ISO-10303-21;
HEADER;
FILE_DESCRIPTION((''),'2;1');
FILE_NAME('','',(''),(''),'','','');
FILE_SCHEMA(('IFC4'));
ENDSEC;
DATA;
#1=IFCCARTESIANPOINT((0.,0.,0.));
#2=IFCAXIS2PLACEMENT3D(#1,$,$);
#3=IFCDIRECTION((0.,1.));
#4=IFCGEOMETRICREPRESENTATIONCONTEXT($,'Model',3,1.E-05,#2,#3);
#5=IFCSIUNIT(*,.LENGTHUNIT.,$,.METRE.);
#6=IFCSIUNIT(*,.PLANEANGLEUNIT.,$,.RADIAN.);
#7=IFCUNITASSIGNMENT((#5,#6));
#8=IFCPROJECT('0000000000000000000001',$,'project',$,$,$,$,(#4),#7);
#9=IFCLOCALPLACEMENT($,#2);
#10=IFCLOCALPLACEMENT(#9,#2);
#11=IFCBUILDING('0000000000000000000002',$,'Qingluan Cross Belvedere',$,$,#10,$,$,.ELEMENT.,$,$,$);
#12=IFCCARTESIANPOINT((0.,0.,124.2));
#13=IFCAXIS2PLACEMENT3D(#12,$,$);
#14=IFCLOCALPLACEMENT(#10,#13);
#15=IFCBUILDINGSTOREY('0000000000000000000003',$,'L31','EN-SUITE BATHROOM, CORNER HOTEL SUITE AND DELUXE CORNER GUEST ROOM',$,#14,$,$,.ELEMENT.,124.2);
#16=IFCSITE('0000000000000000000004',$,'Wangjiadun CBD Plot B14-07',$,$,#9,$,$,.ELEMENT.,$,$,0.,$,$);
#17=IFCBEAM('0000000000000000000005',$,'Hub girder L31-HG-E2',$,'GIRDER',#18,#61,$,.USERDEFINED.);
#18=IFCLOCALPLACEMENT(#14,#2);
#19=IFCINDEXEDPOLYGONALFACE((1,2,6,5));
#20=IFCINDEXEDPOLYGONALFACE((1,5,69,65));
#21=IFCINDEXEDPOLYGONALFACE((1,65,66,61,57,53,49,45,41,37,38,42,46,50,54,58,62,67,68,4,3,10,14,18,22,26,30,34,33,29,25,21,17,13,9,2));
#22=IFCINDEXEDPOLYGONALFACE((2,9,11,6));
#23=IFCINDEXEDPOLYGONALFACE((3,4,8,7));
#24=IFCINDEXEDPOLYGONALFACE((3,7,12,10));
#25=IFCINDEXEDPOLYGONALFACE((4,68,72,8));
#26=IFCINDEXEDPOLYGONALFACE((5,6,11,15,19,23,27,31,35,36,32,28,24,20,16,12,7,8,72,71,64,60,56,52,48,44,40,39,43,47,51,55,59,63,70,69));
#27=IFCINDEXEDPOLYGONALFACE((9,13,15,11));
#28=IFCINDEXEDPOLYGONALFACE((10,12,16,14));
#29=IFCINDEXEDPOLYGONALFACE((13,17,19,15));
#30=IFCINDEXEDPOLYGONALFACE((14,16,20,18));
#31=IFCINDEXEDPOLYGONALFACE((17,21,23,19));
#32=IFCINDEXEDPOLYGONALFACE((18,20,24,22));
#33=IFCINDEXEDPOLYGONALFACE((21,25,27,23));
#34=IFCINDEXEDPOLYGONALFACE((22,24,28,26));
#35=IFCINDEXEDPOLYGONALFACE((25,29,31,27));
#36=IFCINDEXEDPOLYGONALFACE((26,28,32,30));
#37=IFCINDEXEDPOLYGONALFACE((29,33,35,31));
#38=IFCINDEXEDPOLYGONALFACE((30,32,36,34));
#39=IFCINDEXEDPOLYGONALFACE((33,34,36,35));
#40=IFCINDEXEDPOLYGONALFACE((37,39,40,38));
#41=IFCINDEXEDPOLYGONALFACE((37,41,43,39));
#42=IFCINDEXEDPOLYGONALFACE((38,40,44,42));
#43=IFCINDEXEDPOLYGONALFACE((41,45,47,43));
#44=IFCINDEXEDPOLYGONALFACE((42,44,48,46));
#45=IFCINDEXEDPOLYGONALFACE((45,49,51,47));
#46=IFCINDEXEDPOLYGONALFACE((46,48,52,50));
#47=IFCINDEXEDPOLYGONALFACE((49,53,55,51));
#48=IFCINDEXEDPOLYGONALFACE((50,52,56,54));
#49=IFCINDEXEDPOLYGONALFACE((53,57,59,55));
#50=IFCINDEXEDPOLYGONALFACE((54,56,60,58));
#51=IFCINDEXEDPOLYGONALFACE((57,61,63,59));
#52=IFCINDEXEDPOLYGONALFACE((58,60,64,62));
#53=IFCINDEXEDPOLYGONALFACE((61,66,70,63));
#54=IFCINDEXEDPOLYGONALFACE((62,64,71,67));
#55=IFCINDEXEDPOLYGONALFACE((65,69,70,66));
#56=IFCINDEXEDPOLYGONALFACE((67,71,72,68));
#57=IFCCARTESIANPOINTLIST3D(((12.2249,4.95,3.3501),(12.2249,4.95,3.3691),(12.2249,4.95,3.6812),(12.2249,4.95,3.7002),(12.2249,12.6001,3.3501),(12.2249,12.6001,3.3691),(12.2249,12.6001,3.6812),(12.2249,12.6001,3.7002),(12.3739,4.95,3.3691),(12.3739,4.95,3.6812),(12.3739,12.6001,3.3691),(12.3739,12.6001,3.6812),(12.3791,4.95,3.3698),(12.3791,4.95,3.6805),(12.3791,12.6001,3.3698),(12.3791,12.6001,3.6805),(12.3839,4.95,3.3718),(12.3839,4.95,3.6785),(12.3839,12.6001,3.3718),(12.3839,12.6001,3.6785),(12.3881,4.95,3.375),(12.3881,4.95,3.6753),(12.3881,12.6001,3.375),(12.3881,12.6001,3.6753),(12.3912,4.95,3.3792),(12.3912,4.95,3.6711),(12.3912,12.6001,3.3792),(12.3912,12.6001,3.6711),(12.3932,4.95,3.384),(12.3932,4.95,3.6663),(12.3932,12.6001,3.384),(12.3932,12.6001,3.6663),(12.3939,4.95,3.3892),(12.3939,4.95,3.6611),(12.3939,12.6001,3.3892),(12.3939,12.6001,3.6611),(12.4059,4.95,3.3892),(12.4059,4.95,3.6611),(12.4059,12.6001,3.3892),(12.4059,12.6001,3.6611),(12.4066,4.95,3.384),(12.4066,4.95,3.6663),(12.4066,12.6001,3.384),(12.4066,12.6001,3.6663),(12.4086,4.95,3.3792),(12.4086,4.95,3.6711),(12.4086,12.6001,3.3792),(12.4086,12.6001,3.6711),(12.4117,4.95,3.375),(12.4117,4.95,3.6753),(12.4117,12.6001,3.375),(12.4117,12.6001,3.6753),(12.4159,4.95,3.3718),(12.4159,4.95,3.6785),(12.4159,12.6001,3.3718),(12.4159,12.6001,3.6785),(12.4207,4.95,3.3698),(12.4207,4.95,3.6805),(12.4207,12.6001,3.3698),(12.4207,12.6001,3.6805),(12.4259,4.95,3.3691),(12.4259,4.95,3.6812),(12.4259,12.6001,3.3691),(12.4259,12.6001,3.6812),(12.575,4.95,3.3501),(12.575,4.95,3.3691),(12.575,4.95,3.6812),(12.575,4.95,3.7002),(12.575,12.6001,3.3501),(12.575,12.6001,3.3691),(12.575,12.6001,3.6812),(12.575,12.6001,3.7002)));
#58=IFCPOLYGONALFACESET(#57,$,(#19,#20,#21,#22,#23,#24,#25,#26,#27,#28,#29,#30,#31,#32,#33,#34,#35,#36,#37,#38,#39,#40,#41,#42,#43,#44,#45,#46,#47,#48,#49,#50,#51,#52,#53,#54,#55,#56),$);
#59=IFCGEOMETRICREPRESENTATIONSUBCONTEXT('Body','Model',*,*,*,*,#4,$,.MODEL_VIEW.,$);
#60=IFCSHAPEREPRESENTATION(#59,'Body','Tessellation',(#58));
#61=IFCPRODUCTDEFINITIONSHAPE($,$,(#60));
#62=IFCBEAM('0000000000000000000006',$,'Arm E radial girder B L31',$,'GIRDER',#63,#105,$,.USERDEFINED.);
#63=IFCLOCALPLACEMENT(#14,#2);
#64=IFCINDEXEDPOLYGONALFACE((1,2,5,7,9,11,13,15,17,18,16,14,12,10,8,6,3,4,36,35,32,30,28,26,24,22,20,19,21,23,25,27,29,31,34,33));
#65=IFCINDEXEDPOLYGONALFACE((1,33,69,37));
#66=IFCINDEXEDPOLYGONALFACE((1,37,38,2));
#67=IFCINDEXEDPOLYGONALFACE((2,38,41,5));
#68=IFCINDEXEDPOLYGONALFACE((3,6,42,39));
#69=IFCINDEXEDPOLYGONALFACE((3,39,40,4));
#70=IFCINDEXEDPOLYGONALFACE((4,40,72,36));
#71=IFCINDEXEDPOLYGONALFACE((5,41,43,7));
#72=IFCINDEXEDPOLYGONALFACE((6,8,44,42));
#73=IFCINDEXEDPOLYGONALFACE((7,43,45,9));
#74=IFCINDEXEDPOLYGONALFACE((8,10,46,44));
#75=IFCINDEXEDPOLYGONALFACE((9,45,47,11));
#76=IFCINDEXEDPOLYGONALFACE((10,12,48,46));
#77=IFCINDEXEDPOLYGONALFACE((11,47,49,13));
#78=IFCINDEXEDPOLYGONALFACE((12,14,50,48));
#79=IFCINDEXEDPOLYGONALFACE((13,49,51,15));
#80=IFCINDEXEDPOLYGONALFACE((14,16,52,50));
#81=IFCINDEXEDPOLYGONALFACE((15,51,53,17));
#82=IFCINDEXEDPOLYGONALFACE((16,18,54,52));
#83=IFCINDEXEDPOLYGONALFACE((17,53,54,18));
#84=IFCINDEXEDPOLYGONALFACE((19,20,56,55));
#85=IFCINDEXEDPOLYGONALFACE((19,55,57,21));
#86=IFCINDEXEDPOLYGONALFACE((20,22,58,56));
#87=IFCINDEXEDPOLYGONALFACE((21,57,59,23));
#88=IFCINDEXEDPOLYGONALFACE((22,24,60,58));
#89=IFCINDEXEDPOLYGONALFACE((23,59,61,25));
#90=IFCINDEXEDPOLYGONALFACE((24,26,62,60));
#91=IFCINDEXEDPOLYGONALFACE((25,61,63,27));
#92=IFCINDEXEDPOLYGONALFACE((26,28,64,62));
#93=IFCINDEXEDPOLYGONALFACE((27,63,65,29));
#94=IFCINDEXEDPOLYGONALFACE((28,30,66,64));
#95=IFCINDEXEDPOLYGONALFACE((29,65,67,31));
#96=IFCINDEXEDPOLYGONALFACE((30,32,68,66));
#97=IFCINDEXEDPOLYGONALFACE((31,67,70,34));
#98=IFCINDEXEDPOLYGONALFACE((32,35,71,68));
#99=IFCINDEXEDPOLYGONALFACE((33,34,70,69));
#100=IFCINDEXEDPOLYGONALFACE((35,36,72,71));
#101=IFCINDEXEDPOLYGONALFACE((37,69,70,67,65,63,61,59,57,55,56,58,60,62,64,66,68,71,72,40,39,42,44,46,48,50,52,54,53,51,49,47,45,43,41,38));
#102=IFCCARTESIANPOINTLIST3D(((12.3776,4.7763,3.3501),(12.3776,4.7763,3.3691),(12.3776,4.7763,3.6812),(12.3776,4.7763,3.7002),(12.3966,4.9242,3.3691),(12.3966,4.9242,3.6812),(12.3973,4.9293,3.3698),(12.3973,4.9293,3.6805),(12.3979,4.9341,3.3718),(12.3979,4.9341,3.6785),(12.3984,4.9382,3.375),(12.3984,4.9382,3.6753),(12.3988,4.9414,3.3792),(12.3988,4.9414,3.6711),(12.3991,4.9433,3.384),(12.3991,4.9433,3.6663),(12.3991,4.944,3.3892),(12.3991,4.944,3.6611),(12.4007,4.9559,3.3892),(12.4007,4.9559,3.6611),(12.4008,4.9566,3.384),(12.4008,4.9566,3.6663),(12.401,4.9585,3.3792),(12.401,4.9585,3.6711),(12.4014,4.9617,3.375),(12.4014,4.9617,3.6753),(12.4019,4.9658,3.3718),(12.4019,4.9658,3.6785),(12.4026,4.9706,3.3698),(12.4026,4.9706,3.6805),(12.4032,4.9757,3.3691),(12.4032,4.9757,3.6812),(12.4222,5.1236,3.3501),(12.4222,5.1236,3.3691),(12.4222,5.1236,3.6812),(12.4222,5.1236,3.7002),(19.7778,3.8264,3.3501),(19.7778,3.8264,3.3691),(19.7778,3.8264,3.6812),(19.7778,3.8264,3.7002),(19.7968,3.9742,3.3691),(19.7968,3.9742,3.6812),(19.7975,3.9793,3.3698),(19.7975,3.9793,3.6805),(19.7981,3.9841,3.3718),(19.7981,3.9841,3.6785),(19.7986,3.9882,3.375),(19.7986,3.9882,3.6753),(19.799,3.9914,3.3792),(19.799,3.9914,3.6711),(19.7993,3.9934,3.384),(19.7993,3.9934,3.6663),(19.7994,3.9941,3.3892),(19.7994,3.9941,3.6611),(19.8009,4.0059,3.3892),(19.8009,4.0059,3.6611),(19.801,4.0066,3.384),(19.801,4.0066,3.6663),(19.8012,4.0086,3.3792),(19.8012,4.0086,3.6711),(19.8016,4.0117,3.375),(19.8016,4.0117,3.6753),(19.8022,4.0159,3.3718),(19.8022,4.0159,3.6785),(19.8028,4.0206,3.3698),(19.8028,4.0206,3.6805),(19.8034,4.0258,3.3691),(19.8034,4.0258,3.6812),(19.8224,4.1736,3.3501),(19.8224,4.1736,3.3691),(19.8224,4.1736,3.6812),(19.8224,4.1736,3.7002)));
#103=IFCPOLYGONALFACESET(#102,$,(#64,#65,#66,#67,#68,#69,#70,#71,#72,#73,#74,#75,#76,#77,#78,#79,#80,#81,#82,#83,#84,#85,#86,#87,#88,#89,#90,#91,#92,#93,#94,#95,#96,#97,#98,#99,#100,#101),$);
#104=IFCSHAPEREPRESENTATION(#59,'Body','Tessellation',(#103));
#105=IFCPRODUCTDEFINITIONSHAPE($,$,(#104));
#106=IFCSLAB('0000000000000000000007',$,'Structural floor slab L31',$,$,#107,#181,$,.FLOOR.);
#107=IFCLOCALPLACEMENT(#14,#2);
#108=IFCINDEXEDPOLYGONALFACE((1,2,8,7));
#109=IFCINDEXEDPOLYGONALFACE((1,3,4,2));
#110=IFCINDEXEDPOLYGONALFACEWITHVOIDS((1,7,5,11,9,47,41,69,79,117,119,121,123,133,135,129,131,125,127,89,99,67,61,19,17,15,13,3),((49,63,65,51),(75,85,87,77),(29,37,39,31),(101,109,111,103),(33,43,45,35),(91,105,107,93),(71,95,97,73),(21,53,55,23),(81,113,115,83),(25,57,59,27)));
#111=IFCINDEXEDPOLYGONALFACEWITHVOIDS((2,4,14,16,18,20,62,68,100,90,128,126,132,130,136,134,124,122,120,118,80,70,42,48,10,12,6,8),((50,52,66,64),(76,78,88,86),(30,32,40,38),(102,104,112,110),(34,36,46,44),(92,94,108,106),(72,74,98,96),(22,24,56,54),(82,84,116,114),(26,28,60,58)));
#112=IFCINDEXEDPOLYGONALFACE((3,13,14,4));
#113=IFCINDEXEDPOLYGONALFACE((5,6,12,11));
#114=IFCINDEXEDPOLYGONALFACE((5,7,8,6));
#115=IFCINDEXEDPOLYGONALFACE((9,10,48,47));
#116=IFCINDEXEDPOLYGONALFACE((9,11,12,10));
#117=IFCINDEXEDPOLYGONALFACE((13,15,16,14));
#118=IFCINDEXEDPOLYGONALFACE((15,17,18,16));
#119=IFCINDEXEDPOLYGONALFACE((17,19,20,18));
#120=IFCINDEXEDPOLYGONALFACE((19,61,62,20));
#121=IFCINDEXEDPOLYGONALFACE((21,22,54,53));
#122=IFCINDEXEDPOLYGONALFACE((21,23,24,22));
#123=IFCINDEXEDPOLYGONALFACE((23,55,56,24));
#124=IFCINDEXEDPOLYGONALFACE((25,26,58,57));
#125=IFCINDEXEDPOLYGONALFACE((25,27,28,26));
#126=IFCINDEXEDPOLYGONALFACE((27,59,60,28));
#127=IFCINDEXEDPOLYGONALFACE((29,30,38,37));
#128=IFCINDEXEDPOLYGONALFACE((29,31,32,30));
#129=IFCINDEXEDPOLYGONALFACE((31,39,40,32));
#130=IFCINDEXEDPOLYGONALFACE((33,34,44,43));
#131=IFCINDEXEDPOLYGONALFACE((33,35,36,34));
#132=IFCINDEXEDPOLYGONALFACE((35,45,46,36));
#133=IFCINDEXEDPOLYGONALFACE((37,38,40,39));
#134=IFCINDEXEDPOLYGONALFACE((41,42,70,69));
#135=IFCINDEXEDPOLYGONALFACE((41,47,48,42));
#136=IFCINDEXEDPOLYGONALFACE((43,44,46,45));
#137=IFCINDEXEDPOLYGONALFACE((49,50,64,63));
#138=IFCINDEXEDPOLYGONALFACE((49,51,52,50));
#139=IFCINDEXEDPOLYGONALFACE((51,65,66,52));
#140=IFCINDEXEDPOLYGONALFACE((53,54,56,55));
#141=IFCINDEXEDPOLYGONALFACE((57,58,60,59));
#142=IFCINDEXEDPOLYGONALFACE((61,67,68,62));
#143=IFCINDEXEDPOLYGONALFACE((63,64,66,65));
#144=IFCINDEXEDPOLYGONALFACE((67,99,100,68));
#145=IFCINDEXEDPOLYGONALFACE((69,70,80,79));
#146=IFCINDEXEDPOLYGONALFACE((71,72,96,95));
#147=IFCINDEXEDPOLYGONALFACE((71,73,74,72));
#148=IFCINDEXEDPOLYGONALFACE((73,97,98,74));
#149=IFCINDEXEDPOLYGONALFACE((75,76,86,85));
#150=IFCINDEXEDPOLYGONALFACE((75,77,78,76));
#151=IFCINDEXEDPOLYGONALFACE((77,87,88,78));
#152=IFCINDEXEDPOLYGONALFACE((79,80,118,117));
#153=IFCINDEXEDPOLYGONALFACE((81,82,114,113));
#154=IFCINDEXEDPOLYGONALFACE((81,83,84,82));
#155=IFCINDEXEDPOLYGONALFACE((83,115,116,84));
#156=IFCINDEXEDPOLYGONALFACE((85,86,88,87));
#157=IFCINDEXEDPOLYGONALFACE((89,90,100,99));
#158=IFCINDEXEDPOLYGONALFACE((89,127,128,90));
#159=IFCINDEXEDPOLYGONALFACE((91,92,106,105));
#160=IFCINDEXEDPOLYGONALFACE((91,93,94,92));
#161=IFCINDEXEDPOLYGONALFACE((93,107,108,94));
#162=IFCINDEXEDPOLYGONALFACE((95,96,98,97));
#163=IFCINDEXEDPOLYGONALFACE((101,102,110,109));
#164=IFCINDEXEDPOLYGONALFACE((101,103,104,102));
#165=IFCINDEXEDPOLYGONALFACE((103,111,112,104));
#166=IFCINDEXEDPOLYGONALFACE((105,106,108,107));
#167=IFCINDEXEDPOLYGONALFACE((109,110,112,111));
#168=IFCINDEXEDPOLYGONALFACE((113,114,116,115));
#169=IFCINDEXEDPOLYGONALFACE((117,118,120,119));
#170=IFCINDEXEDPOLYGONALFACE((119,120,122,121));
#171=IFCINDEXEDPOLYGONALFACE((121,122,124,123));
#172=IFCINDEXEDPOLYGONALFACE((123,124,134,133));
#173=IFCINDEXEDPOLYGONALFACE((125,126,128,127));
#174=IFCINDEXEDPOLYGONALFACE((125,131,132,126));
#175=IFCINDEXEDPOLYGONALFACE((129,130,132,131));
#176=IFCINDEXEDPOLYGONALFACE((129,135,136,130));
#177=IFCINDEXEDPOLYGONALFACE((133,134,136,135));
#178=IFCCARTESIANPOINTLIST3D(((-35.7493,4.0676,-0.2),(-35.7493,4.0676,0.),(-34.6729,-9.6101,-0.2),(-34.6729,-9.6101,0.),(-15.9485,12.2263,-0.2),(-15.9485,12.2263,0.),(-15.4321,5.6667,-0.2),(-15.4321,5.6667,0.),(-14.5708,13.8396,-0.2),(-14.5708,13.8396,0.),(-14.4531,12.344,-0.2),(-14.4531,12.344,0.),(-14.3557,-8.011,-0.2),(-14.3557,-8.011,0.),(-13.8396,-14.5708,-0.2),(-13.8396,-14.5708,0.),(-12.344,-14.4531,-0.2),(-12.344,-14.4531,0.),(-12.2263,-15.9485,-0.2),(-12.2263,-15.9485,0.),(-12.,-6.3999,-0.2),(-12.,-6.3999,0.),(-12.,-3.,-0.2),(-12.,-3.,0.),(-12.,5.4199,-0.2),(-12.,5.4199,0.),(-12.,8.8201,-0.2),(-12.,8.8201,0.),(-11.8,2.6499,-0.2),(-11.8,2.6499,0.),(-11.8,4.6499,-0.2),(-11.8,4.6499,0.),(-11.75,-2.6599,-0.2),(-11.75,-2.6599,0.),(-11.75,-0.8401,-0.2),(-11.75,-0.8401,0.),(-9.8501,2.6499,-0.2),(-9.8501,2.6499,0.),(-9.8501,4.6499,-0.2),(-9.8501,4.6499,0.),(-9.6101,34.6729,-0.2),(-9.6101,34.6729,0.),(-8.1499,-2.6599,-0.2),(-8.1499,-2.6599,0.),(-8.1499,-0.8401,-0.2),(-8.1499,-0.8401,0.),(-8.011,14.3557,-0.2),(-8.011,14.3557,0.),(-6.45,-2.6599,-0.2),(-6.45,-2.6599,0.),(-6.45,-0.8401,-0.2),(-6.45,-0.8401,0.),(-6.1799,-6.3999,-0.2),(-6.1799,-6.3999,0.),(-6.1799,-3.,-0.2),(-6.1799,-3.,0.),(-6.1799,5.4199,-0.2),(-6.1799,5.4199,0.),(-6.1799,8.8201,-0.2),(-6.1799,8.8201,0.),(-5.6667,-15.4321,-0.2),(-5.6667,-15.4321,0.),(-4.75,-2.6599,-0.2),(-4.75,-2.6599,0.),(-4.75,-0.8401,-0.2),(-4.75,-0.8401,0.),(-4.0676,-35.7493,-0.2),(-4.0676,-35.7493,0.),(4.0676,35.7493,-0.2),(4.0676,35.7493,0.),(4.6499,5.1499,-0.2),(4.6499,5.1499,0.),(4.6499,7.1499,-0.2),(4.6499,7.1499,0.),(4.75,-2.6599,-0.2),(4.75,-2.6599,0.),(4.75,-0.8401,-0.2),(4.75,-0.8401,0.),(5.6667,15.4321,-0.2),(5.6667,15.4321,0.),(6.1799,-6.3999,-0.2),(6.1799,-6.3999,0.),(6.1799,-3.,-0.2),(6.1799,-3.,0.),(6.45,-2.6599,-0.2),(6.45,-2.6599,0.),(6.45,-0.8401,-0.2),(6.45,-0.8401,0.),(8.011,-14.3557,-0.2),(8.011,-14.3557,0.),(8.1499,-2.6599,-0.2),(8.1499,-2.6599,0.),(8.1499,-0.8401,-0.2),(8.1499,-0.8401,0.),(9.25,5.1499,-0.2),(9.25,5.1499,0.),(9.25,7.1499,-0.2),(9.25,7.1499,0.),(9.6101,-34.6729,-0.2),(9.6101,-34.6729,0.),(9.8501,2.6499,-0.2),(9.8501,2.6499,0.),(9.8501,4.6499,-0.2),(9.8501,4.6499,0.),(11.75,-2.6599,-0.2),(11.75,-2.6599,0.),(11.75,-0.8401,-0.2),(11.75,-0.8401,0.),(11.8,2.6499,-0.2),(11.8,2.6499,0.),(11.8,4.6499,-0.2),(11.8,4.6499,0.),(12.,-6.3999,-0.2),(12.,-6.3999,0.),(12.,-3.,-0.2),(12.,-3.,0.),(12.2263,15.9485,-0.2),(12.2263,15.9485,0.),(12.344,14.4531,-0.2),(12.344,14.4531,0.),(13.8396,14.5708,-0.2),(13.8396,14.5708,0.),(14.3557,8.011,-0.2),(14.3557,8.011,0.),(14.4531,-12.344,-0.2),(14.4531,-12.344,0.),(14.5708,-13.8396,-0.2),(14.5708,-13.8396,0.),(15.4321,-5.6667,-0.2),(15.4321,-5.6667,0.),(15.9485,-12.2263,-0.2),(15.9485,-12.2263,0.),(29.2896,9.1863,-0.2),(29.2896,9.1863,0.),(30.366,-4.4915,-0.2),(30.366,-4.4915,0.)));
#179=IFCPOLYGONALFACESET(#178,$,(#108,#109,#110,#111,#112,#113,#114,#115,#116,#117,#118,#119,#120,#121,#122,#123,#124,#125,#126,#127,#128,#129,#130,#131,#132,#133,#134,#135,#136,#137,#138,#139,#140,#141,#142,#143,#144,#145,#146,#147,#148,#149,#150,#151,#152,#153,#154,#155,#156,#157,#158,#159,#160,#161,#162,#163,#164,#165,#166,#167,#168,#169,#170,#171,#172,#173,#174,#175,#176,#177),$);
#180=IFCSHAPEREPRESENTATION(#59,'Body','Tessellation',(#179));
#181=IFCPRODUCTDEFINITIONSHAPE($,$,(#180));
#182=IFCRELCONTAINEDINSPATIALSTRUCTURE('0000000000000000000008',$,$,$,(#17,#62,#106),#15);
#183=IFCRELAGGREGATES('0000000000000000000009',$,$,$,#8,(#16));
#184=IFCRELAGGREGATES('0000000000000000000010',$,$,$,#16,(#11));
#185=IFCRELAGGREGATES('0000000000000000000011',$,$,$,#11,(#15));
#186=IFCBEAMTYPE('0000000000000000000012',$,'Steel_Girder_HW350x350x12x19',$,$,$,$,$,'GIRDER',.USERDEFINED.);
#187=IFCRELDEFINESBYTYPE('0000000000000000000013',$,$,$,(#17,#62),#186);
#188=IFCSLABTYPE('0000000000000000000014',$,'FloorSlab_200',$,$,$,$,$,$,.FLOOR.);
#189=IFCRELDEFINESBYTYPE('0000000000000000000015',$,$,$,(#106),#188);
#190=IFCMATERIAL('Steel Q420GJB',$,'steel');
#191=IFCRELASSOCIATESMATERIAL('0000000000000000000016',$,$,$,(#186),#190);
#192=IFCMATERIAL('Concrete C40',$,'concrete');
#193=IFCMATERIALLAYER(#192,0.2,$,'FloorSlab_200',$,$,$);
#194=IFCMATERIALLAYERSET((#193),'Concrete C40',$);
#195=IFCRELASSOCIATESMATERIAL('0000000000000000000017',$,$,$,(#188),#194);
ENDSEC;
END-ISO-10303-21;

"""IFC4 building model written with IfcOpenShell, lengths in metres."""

from ifc_helpers import new_model, si_unit, direction, frame, origin, origin_2d, place, context, subcontext, project, spatial, polyline, i_section, outline, extrude, material, layer, layer_set, material_profile, profile_set, type_object, element, save


model = new_model("IFC4")

# Units and contexts
model_context = context("Model", 3, precision=1e-05, world=origin(), true_north=direction((0.0, 1.0)))
body_context = subcontext(model_context, "Body", "Model", "MODEL_VIEW")
ifc_project = project(units=[si_unit("LENGTHUNIT", "METRE"), si_unit("PLANEANGLEUNIT", "RADIAN")], contexts=[model_context])

# Site, building, storey
site_placement = place(None, origin())
site = spatial("IfcSite", under=ifc_project, at=site_placement, Name="Wangjiadun CBD Plot B14-07", CompositionType="ELEMENT", RefElevation=0.0)
building_placement = place(site_placement, origin())
building = spatial("IfcBuilding", under=site, at=building_placement, Name="Qingluan Cross Belvedere", CompositionType="ELEMENT")
storey_placement = place(building_placement, frame((0.0, 0.0, 124.2)))
storey = spatial("IfcBuildingStorey", under=building, at=storey_placement, Name="L31", Description="EN-SUITE BATHROOM, CORNER HOTEL SUITE AND DELUXE CORNER GUEST ROOM", CompositionType="ELEMENT", Elevation=124.2)

# Beams
ifc_material_1 = material(Name="Steel Q420GJB", Category="steel")
ifc_material_profile = material_profile(ifc_material_1, i_section(OverallWidth=0.3501, OverallDepth=0.3501, WebThickness=0.012, FlangeThickness=0.019, FilletRadius=0.02, at=origin_2d()), Name="HW350x350x12x19")
ifc_profile_set = profile_set([ifc_material_profile], Name="Steel Q420GJB")
beam_type = type_object("IfcBeamType", Name="Steel_Girder_HW350x350x12x19", ElementType="GIRDER", PredefinedType="USERDEFINED", material=ifc_profile_set)
beam_1_placement = place(storey_placement, frame((12.3999, 4.95, 3.5251), z_axis=(0.0, 1.0, 0.0), x_axis=(-1.0, 0.0, 0.0)))
element("IfcBeam", 1, at=beam_1_placement, inside=storey, type_object=beam_type, Name="Hub girder L31-HG-E2", ObjectType="GIRDER", PredefinedType="USERDEFINED", context=body_context, shape_type="SweptSolid", body=[
    extrude(i_section(OverallWidth=0.3501, OverallDepth=0.3501, WebThickness=0.012, FlangeThickness=0.019, FilletRadius=0.02, at=origin_2d()), origin(), (0.0, 0.0, 1.0), 7.6501),
])
beam_2_placement = place(storey_placement, frame((12.3999, 4.95, 3.5251), z_axis=(0.991861, -0.127324, 0.0), x_axis=(0.127324, 0.991861, 0.0)))
element("IfcBeam", 2, at=beam_2_placement, inside=storey, type_object=beam_type, Name="Arm E radial girder B L31", ObjectType="GIRDER", PredefinedType="USERDEFINED", context=body_context, shape_type="SweptSolid", body=[
    extrude(i_section(OverallWidth=0.3501, OverallDepth=0.3501, WebThickness=0.012, FlangeThickness=0.019, FilletRadius=0.02, at=origin_2d()), origin(), (0.0, 0.0, 1.0), 7.4609),
])

# Slab
ifc_material_2 = material(Name="Concrete C40", Category="concrete")
ifc_layer_1 = layer(ifc_material_2, 0.2, Name="FloorSlab_200")
ifc_layer_set_1 = layer_set([ifc_layer_1], Name="Concrete C40")
slab_type_1 = type_object("IfcSlabType", Name="FloorSlab_200", PredefinedType="FLOOR", material=ifc_layer_set_1)
slab_1_placement = place(storey_placement, frame((0.0, 0.0, -0.2)))
element("IfcSlab", 3, at=slab_1_placement, inside=storey, type_object=slab_type_1, Name="Structural floor slab L31", PredefinedType="FLOOR", context=body_context, shape_type="SweptSolid", body=[
    extrude(outline(polyline([(9.6101, -34.6729), (8.011, -14.3557), (14.5708, -13.8396), (14.4531, -12.344), (15.9485, -12.2263), (15.4321, -5.6667), (30.366, -4.4915), (29.2896, 9.1863), (14.3557, 8.011), (13.8396, 14.5708), (12.344, 14.4531), (12.2263, 15.9485), (5.6667, 15.4321), (4.0676, 35.7493), (-9.6101, 34.6729), (-8.011, 14.3557), (-14.5708, 13.8396), (-14.4531, 12.344), (-15.9485, 12.2263), (-15.4321, 5.6667), (-35.7493, 4.0676), (-34.6729, -9.6101), (-14.3557, -8.011), (-13.8396, -14.5708), (-12.344, -14.4531), (-12.2263, -15.9485), (-5.6667, -15.4321), (-4.0676, -35.7493), (9.6101, -34.6729)]), holes=[polyline([(-12.0, -3.0), (-6.1799, -3.0), (-6.1799, -6.3999), (-12.0, -6.3999), (-12.0, -3.0)]), polyline([(6.1799, -3.0), (12.0, -3.0), (12.0, -6.3999), (6.1799, -6.3999), (6.1799, -3.0)]), polyline([(-12.0, 8.8201), (-6.1799, 8.8201), (-6.1799, 5.4199), (-12.0, 5.4199), (-12.0, 8.8201)]), polyline([(-11.8, 4.6499), (-9.8501, 4.6499), (-9.8501, 2.6499), (-11.8, 2.6499), (-11.8, 4.6499)]), polyline([(9.8501, 4.6499), (11.8, 4.6499), (11.8, 2.6499), (9.8501, 2.6499), (9.8501, 4.6499)]), polyline([(-11.75, -0.8401), (-8.1499, -0.8401), (-8.1499, -2.6599), (-11.75, -2.6599), (-11.75, -0.8401)]), polyline([(-6.45, -0.8401), (-4.75, -0.8401), (-4.75, -2.6599), (-6.45, -2.6599), (-6.45, -0.8401)]), polyline([(4.75, -0.8401), (6.45, -0.8401), (6.45, -2.6599), (4.75, -2.6599), (4.75, -0.8401)]), polyline([(8.1499, -0.8401), (11.75, -0.8401), (11.75, -2.6599), (8.1499, -2.6599), (8.1499, -0.8401)]), polyline([(4.6499, 7.1499), (9.25, 7.1499), (9.25, 5.1499), (4.6499, 5.1499), (4.6499, 7.1499)])]), origin(), (0.0, 0.0, 1.0), 0.2),
])

save(model, "model.ifc")
